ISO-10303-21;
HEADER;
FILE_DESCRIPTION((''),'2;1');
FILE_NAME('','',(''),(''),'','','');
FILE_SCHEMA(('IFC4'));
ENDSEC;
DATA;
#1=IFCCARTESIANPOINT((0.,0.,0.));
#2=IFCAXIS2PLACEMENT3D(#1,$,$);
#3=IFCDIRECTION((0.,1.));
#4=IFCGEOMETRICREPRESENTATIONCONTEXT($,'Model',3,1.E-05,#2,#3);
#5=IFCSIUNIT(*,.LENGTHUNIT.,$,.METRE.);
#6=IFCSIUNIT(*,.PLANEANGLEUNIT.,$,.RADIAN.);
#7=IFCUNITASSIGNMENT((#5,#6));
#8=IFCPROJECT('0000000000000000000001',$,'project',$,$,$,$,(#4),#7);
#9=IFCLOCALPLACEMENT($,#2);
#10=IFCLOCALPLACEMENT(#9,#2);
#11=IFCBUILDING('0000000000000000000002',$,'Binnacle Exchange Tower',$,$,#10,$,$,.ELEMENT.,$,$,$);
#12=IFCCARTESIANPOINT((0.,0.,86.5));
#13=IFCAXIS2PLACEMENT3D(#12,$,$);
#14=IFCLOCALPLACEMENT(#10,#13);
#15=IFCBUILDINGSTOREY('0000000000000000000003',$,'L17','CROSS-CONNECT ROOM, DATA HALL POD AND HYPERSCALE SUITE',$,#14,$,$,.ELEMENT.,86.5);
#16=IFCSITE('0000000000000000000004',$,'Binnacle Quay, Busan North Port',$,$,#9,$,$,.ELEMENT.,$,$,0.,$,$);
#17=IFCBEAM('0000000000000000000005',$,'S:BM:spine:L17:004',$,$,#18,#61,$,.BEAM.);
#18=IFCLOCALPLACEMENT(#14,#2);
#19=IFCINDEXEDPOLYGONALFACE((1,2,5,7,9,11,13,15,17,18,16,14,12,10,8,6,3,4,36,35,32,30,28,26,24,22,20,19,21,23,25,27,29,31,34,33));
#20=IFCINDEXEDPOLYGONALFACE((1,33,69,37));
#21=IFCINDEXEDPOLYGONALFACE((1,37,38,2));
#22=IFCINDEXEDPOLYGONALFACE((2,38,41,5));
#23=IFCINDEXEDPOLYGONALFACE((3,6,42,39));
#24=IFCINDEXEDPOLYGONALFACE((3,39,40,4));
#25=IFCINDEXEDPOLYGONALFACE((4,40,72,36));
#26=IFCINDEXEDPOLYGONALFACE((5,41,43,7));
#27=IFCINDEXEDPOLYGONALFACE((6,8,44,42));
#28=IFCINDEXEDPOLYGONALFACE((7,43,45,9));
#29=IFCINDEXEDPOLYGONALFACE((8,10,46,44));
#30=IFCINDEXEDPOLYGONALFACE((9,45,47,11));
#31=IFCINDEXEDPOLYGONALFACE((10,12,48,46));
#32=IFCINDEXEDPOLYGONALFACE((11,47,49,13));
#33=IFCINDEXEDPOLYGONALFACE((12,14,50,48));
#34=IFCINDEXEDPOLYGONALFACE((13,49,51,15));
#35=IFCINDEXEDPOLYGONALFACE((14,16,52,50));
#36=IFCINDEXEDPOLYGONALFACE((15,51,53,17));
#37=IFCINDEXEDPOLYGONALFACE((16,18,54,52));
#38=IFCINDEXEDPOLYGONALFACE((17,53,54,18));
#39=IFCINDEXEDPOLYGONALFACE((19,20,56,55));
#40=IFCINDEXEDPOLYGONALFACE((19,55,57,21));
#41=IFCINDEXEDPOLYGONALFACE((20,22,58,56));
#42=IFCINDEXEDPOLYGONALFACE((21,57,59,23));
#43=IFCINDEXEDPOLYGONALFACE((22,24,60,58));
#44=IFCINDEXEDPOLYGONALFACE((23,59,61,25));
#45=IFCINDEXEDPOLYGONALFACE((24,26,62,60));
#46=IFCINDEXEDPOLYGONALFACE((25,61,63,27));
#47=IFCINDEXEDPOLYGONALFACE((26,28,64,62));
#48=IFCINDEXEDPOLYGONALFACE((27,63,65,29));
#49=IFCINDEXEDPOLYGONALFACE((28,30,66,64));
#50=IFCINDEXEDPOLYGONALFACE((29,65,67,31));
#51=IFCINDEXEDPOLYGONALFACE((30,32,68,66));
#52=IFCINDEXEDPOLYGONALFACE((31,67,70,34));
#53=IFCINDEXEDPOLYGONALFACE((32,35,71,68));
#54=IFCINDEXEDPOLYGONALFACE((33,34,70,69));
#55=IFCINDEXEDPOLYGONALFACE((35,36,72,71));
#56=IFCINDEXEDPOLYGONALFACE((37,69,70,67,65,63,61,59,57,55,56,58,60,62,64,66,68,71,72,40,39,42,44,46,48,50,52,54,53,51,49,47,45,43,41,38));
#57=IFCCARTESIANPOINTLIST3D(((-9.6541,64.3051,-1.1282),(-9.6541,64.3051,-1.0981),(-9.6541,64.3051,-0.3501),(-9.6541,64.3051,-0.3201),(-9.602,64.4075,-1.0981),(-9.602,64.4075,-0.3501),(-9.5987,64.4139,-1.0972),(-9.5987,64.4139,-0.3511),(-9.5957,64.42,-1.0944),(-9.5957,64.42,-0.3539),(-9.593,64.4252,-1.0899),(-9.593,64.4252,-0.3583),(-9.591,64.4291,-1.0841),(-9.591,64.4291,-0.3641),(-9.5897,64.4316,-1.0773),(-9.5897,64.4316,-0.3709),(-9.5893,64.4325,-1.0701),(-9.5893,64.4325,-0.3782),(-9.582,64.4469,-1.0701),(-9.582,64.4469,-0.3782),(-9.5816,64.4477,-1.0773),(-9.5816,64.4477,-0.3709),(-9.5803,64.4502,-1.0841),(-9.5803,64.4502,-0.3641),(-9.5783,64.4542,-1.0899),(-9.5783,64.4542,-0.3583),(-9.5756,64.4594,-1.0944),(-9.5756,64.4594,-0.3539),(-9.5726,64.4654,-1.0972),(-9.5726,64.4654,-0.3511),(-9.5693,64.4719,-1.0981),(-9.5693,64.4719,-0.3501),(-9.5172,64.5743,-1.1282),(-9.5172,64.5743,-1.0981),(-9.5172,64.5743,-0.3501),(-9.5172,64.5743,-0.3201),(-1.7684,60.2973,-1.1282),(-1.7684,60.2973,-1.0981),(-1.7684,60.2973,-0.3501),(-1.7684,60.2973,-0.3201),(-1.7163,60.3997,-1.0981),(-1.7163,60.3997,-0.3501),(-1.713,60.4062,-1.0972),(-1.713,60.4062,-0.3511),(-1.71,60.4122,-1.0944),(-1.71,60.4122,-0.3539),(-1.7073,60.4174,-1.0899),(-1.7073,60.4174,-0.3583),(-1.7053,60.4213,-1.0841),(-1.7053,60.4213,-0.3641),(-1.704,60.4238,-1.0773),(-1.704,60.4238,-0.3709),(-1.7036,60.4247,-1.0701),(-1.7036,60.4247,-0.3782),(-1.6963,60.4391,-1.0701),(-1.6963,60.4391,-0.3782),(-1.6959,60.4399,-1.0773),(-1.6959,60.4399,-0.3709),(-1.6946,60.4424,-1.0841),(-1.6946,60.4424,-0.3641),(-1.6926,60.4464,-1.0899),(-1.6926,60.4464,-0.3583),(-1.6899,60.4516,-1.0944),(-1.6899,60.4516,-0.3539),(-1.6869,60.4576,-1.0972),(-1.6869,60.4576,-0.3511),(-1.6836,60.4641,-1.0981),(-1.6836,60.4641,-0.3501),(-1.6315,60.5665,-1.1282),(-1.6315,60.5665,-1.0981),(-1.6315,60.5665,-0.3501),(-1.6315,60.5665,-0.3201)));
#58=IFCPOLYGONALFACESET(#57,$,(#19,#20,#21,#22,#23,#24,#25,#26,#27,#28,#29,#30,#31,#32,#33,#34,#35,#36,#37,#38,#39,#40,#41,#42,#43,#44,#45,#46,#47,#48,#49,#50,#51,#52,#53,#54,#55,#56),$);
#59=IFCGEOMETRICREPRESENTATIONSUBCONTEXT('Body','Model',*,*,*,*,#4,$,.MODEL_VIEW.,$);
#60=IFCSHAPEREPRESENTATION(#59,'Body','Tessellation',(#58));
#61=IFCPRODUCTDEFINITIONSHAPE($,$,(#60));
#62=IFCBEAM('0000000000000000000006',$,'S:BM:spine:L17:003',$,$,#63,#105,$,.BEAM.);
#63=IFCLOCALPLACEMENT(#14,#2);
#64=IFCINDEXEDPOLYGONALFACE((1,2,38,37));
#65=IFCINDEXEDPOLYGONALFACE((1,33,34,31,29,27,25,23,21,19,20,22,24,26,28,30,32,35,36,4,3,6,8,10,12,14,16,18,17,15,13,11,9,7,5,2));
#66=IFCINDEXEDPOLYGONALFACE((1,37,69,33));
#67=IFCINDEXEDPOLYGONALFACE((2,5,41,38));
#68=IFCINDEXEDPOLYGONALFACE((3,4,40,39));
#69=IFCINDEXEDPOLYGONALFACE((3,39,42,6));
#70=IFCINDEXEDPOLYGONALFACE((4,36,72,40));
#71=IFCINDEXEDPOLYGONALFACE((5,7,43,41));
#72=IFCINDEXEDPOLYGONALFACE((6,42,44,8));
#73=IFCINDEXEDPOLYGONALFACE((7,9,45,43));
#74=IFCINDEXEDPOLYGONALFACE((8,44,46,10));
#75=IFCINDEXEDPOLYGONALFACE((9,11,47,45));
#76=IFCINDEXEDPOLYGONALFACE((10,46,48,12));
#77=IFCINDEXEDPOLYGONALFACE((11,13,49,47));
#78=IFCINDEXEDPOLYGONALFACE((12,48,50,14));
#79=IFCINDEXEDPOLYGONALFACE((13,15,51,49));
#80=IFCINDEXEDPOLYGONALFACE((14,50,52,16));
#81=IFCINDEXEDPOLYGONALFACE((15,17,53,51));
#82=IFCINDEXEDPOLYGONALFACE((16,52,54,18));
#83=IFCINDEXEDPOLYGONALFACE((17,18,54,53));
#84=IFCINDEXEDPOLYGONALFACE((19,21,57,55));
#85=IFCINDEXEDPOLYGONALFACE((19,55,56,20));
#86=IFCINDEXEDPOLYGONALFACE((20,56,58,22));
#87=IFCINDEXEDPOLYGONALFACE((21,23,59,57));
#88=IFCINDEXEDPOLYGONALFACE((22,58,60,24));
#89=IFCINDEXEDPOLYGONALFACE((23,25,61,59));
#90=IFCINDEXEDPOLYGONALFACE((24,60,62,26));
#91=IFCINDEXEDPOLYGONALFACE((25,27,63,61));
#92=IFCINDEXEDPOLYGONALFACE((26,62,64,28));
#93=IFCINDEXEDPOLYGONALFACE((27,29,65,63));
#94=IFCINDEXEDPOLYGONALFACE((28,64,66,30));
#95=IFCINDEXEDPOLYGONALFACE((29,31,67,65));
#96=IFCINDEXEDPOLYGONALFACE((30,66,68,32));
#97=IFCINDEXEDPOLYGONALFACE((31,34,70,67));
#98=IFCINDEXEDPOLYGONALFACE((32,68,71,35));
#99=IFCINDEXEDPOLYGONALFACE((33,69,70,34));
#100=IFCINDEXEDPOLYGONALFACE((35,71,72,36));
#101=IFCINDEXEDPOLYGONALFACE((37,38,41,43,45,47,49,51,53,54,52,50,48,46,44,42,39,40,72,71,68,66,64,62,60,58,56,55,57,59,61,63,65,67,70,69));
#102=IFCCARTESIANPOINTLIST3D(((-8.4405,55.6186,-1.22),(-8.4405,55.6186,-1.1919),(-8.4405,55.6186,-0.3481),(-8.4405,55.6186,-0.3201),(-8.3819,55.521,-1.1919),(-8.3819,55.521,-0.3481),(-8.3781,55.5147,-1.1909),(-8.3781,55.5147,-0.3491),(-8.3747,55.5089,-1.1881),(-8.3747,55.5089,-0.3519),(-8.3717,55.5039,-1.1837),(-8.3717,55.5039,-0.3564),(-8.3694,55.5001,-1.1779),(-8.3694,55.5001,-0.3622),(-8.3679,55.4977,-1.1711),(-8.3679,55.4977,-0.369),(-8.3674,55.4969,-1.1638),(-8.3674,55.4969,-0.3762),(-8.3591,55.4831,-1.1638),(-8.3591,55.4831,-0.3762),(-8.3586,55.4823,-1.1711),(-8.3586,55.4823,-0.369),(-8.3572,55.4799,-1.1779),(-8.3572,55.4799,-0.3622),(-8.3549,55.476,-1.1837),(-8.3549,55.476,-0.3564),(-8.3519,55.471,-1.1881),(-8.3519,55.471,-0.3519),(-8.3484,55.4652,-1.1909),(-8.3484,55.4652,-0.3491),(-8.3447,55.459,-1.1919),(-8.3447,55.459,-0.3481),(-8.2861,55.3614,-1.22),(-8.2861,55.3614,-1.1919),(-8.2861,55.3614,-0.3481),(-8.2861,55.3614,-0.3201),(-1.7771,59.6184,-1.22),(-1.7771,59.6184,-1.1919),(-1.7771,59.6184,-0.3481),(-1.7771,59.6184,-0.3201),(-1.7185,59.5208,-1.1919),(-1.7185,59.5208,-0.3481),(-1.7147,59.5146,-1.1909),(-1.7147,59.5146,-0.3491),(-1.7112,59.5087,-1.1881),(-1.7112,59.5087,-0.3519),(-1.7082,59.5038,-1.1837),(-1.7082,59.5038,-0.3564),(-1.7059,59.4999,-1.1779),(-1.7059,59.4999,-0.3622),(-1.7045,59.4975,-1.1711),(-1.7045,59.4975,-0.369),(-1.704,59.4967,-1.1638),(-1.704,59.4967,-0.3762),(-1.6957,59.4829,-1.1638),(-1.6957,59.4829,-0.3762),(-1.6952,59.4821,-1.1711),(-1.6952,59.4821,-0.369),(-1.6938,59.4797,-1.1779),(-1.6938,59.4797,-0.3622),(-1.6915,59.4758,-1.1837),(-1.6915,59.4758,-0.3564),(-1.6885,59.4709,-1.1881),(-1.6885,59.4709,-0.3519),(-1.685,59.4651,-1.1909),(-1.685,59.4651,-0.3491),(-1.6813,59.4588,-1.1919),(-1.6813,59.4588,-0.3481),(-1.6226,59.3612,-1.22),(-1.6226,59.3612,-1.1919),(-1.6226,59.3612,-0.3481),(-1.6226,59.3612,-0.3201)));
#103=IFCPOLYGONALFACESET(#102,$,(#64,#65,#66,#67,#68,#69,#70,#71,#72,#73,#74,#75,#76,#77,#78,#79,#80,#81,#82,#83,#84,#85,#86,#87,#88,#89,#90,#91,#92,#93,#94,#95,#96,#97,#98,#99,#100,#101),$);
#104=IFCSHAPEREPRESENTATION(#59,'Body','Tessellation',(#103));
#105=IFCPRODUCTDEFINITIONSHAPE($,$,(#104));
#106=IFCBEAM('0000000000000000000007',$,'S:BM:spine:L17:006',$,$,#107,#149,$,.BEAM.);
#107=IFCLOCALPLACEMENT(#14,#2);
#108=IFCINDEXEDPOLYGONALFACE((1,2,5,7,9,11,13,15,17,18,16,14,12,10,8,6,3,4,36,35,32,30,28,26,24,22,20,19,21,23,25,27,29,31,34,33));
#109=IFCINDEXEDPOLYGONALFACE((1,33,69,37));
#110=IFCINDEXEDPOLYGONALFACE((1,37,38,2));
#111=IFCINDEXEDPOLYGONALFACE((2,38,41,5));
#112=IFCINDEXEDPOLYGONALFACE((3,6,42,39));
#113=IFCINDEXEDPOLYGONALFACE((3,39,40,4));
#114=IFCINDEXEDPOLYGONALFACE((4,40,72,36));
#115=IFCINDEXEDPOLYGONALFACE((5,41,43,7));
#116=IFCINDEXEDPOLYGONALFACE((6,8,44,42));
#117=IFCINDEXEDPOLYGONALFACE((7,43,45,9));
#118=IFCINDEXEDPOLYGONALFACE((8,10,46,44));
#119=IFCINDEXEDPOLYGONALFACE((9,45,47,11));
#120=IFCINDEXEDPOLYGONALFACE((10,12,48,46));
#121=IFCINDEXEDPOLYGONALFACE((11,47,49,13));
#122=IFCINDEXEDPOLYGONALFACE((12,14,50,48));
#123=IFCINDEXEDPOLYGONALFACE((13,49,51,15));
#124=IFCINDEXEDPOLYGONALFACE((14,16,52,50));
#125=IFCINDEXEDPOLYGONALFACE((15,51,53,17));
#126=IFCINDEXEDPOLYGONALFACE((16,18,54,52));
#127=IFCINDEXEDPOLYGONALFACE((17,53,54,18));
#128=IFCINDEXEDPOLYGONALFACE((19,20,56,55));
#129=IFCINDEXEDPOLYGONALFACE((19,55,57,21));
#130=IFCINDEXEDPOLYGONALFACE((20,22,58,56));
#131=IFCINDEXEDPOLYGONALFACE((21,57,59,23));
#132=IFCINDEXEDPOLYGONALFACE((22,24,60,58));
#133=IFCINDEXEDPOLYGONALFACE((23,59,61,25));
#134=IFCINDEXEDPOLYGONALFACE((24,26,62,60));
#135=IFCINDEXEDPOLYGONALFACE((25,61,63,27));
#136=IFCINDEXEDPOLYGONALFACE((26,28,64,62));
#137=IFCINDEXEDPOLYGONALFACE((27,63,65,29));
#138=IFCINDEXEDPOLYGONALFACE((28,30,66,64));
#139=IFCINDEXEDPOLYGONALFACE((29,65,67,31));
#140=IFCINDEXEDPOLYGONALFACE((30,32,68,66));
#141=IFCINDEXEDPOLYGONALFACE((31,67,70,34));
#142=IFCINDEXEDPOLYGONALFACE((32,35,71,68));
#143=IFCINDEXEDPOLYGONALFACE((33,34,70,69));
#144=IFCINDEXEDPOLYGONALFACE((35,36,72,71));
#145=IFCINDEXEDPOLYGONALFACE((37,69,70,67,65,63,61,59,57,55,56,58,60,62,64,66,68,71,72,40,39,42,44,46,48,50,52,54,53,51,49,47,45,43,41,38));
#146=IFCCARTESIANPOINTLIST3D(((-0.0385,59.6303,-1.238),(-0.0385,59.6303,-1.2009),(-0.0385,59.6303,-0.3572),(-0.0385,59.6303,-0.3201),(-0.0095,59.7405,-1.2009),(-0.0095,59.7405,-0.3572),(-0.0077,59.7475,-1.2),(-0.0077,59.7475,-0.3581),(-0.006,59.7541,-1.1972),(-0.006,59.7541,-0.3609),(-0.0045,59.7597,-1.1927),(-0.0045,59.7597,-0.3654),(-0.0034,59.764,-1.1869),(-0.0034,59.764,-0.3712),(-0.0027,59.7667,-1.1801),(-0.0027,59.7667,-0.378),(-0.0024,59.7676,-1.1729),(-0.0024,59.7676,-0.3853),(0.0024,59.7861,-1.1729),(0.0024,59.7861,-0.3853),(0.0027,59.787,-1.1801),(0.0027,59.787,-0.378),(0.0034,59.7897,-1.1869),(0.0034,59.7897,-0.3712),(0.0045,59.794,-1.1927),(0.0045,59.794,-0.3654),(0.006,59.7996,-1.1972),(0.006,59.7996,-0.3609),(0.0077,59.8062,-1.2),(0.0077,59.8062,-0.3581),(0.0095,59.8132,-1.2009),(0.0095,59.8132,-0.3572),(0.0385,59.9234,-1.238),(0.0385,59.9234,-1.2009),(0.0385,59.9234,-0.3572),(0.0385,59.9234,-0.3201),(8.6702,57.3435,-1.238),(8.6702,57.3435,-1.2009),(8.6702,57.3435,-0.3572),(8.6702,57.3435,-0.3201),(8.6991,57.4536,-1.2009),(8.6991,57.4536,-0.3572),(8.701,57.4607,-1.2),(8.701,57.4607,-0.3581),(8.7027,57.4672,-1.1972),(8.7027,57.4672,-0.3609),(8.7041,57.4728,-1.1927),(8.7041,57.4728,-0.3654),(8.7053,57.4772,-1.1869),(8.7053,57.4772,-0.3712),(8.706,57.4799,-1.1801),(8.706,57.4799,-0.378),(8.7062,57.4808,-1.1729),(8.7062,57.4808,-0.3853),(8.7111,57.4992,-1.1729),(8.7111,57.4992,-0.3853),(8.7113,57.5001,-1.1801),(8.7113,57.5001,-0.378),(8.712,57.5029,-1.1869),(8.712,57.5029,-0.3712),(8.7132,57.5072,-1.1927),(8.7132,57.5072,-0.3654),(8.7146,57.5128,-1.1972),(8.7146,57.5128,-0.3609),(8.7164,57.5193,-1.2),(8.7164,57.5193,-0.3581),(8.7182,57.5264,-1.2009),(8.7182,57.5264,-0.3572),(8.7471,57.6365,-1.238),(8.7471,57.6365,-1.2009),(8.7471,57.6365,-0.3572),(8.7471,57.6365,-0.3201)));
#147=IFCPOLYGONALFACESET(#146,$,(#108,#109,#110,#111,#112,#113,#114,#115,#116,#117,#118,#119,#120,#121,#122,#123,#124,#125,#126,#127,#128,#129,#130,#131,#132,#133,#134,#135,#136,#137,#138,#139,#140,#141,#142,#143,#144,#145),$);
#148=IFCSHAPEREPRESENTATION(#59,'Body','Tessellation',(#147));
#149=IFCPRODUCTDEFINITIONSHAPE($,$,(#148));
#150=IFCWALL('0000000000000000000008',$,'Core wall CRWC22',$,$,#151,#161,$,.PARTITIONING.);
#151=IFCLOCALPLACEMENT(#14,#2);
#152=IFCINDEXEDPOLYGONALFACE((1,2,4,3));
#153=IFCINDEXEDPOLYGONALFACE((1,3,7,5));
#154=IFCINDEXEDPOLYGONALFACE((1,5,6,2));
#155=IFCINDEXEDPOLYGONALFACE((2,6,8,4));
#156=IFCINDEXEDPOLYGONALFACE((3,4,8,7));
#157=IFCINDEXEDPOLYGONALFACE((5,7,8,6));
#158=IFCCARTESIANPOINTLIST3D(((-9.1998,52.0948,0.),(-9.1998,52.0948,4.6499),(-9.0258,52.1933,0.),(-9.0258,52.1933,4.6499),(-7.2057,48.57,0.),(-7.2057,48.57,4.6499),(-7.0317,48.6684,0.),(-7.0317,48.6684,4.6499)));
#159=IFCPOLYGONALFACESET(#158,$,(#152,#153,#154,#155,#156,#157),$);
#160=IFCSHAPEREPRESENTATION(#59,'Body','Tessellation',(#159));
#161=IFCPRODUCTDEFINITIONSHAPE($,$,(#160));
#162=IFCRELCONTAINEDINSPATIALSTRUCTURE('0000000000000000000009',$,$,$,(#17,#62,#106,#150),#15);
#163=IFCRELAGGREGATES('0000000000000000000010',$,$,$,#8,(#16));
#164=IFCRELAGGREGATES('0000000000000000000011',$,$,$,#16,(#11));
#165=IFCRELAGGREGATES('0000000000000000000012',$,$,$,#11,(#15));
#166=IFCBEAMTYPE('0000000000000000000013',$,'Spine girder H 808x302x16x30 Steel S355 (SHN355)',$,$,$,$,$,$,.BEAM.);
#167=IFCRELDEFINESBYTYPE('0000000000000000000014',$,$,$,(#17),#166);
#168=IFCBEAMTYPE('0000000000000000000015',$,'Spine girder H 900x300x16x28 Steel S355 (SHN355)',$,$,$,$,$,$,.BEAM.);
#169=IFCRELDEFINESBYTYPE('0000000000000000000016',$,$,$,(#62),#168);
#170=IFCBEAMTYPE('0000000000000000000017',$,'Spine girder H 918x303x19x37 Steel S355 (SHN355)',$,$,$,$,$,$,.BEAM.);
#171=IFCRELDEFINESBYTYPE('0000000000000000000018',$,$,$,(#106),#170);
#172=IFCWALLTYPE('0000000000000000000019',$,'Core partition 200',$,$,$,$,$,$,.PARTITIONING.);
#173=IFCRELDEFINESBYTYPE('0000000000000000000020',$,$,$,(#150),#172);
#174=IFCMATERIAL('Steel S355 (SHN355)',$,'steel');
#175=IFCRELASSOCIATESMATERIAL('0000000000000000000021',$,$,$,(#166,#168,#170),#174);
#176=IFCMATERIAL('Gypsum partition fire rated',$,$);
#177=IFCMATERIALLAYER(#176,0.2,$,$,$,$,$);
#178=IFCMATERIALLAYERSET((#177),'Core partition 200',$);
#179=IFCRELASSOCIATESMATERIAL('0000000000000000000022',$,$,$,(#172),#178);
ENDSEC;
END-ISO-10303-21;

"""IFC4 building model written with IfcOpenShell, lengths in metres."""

from ifc_helpers import new_model, si_unit, direction, frame, frame_2d, origin, origin_2d, place, context, subcontext, project, spatial, rectangle, i_section, extrude, material, layer, layer_set, material_profile, profile_set, type_object, element, save


model = new_model("IFC4")

# Units and contexts
model_context = context("Model", 3, precision=1e-05, world=origin(), true_north=direction((0.0, 1.0)))
body_context = subcontext(model_context, "Body", "Model", "MODEL_VIEW")
ifc_project = project(units=[si_unit("LENGTHUNIT", "METRE"), si_unit("PLANEANGLEUNIT", "RADIAN")], contexts=[model_context])

# Site, building, storey
site_placement = place(None, origin())
site = spatial("IfcSite", under=ifc_project, at=site_placement, Name="Binnacle Quay, Busan North Port", CompositionType="ELEMENT", RefElevation=0.0)
building_placement = place(site_placement, origin())
building = spatial("IfcBuilding", under=site, at=building_placement, Name="Binnacle Exchange Tower", CompositionType="ELEMENT")
storey_placement = place(building_placement, frame((0.0, 0.0, 86.5)))
storey = spatial("IfcBuildingStorey", under=building, at=storey_placement, Name="L17", Description="CROSS-CONNECT ROOM, DATA HALL POD AND HYPERSCALE SUITE", CompositionType="ELEMENT", Elevation=86.5)

# Beams
ifc_material_1 = material(Name="Steel S355 (SHN355)", Category="steel")
ifc_material_profile_1 = material_profile(ifc_material_1, i_section(OverallWidth=0.302, OverallDepth=0.8081, WebThickness=0.0161, FlangeThickness=0.03, FilletRadius=0.0281, at=origin_2d()), Name="H 808x302x16x30")
ifc_profile_set_1 = profile_set([ifc_material_profile_1], Name="Steel S355 (SHN355)")
beam_type_1 = type_object("IfcBeamType", Name="Spine girder H 808x302x16x30 Steel S355 (SHN355)", PredefinedType="BEAM", material=ifc_profile_set_1)
beam_1_placement = place(storey_placement, frame((-1.7, 60.4319, -0.7241), z_axis=(-0.891471, 0.453077, 0.0), x_axis=(-0.453077, -0.891471, 0.0)))
element("IfcBeam", 1, at=beam_1_placement, inside=storey, type_object=beam_type_1, Name="S:BM:spine:L17:004", PredefinedType="BEAM", context=body_context, shape_type="SweptSolid", body=[
    extrude(i_section(OverallWidth=0.302, OverallDepth=0.8081, WebThickness=0.0161, FlangeThickness=0.03, FilletRadius=0.0281, at=origin_2d()), origin(), (0.0, 0.0, 1.0), 8.8457),
])
ifc_material_profile_2 = material_profile(ifc_material_1, i_section(OverallWidth=0.3, OverallDepth=0.8999, WebThickness=0.0161, FlangeThickness=0.0281, FilletRadius=0.0281, at=origin_2d()), Name="H 900x300x16x28")
ifc_profile_set_2 = profile_set([ifc_material_profile_2], Name="Steel S355 (SHN355)")
beam_type_2 = type_object("IfcBeamType", Name="Spine girder H 900x300x16x28 Steel S355 (SHN355)", PredefinedType="BEAM", material=ifc_profile_set_2)
beam_2_placement = place(storey_placement, frame((-8.3633, 55.49, -0.77), z_axis=(0.857393, 0.514662, 0.0), x_axis=(-0.514662, 0.857393, 0.0)))
element("IfcBeam", 2, at=beam_2_placement, inside=storey, type_object=beam_type_2, Name="S:BM:spine:L17:003", PredefinedType="BEAM", context=body_context, shape_type="SweptSolid", body=[
    extrude(i_section(OverallWidth=0.3, OverallDepth=0.8999, WebThickness=0.0161, FlangeThickness=0.0281, FilletRadius=0.0281, at=origin_2d()), origin(), (0.0, 0.0, 1.0), 7.7717),
])
ifc_material_profile_3 = material_profile(ifc_material_1, i_section(OverallWidth=0.303, OverallDepth=0.918, WebThickness=0.019, FlangeThickness=0.0371, FilletRadius=0.0281, at=origin_2d()), Name="H 918x303x19x37")
ifc_profile_set_3 = profile_set([ifc_material_profile_3], Name="Steel S355 (SHN355)")
beam_type_3 = type_object("IfcBeamType", Name="Spine girder H 918x303x19x37 Steel S355 (SHN355)", PredefinedType="BEAM", material=ifc_profile_set_3)
beam_3_placement = place(storey_placement, frame((0.0, 59.7769, -0.7791), z_axis=(0.967209, -0.253983, 0.0), x_axis=(0.253983, 0.967209, 0.0)))
element("IfcBeam", 3, at=beam_3_placement, inside=storey, type_object=beam_type_3, Name="S:BM:spine:L17:006", PredefinedType="BEAM", context=body_context, shape_type="SweptSolid", body=[
    extrude(i_section(OverallWidth=0.303, OverallDepth=0.918, WebThickness=0.019, FlangeThickness=0.0371, FilletRadius=0.0281, at=origin_2d()), origin(), (0.0, 0.0, 1.0), 9.0039),
])

# Wall
ifc_material_2 = material(Name="Gypsum partition fire rated")
ifc_layer_1 = layer(ifc_material_2, 0.2)
ifc_layer_set_1 = layer_set([ifc_layer_1], Name="Core partition 200")
wall_type_1 = type_object("IfcWallType", Name="Core partition 200", PredefinedType="PARTITIONING", material=ifc_layer_set_1)
wall_1_placement = place(storey_placement, frame((-9.1128, 52.144, 0.0), z_axis=(0.0, 0.0, 1.0), x_axis=(0.492395, -0.870372, 0.0)))
element("IfcWall", 4, at=wall_1_placement, inside=storey, type_object=wall_type_1, Name="Core wall CRWC22", PredefinedType="PARTITIONING", context=body_context, shape_type="SweptSolid", body=[
    extrude(rectangle(XDim=4.0498, YDim=0.2, at=frame_2d((2.0249, 0.0))), origin(), (0.0, 0.0, 1.0), 4.6499),
])

save(model, "model.ifc")
